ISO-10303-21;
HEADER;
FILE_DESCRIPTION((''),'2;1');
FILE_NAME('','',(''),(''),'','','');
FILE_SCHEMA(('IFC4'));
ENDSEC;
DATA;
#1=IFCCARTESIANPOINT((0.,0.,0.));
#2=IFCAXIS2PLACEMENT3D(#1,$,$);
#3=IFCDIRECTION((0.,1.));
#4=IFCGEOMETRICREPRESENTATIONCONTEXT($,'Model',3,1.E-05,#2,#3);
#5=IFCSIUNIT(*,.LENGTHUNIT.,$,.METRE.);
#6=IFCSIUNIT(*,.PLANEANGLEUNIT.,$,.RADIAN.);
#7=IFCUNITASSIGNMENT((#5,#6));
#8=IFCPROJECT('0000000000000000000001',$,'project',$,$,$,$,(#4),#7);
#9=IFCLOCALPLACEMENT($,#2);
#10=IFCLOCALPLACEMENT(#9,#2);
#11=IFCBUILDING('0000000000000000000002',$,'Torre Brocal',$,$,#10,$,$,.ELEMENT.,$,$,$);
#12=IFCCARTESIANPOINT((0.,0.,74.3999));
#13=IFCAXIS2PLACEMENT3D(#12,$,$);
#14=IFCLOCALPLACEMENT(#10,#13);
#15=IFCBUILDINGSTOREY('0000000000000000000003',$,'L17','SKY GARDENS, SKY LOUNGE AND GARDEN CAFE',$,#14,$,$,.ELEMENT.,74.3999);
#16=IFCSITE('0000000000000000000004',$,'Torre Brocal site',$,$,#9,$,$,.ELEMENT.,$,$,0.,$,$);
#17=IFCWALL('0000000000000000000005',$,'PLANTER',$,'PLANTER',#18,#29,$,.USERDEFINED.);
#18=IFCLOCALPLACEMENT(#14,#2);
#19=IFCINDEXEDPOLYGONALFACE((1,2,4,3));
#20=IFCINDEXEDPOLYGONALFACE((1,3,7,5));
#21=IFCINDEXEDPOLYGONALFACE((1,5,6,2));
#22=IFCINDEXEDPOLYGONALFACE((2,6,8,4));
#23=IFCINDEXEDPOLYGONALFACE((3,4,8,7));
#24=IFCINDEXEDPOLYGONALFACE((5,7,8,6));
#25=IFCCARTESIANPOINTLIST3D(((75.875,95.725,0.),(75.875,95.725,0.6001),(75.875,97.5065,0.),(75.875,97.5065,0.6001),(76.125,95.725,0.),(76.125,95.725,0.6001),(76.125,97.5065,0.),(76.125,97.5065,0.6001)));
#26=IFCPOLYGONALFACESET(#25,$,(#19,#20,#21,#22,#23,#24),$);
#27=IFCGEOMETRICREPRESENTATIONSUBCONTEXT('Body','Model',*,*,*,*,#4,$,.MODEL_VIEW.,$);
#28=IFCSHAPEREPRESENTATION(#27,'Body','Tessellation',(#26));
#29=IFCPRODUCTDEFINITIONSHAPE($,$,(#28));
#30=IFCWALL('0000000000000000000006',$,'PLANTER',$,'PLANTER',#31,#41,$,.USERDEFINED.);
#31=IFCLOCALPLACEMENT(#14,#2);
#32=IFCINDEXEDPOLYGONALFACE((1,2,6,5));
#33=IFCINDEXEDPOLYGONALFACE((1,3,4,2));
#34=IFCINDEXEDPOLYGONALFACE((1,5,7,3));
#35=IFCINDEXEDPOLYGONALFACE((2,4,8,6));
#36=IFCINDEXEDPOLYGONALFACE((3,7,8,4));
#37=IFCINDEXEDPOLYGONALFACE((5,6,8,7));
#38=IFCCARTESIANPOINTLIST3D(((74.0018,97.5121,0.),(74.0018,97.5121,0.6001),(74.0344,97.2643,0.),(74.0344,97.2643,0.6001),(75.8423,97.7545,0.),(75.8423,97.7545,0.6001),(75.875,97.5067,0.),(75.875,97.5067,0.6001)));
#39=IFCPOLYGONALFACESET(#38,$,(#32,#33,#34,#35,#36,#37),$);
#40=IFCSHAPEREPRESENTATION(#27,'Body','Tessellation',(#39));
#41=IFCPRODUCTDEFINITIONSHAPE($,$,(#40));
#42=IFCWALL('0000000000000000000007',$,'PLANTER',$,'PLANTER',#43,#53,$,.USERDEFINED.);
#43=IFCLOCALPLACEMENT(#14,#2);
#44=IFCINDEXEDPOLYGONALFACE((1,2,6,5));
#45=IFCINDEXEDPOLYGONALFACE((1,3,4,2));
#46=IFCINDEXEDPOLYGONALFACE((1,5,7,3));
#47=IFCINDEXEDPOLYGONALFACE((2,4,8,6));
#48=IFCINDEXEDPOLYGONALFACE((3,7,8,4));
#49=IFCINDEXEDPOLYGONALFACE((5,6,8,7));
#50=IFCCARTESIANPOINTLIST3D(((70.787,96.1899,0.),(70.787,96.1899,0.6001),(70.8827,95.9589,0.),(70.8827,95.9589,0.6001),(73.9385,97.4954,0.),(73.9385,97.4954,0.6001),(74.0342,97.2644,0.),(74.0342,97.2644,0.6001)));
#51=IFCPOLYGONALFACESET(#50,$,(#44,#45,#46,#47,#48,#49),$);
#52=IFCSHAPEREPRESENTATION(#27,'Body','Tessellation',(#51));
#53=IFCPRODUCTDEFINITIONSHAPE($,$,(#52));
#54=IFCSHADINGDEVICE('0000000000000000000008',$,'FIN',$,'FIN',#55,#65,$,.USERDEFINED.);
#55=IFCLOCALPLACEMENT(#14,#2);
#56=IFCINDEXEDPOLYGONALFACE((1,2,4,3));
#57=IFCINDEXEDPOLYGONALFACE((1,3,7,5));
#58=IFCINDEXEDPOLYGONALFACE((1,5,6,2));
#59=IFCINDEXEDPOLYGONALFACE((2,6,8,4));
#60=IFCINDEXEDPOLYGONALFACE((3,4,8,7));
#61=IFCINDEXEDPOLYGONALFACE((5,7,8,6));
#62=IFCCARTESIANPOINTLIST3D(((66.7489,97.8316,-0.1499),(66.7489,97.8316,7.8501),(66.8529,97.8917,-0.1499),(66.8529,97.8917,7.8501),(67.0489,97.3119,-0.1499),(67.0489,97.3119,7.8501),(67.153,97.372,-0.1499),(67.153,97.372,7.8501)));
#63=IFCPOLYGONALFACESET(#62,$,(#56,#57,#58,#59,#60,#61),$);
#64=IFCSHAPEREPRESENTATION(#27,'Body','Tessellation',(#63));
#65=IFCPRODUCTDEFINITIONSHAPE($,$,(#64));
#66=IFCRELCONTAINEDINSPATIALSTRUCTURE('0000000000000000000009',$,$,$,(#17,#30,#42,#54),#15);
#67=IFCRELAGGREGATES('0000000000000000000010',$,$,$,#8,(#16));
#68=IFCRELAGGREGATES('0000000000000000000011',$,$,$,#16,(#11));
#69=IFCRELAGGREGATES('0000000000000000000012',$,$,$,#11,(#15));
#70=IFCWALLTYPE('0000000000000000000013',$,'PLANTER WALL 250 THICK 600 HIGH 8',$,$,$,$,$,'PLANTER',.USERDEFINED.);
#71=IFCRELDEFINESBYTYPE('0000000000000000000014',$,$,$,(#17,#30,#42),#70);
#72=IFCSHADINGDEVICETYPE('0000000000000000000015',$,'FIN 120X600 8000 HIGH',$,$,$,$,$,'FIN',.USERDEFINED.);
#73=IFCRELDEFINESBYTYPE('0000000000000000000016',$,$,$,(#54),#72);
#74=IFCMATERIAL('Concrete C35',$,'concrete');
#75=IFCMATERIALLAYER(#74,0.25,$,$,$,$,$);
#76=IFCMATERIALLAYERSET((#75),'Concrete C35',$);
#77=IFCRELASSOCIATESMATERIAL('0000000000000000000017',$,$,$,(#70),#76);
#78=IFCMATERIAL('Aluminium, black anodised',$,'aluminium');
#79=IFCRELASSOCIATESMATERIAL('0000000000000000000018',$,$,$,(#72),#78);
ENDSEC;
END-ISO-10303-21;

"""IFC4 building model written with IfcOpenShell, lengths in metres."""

from ifc_helpers import new_model, si_unit, direction, frame, frame_2d, origin, origin_2d, place, context, subcontext, project, spatial, rectangle, extrude, material, layer, layer_set, material_profile, profile_set, type_object, element, save


model = new_model("IFC4")

# Units and contexts
model_context = context("Model", 3, precision=1e-05, world=origin(), true_north=direction((0.0, 1.0)))
body_context = subcontext(model_context, "Body", "Model", "MODEL_VIEW")
ifc_project = project(units=[si_unit("LENGTHUNIT", "METRE"), si_unit("PLANEANGLEUNIT", "RADIAN")], contexts=[model_context])

# Site, building, storey
site_placement = place(None, origin())
site = spatial("IfcSite", under=ifc_project, at=site_placement, Name="Torre Brocal site", CompositionType="ELEMENT", RefElevation=0.0)
building_placement = place(site_placement, origin())
building = spatial("IfcBuilding", under=site, at=building_placement, Name="Torre Brocal", CompositionType="ELEMENT")
storey_placement = place(building_placement, frame((0.0, 0.0, 74.3999)))
storey = spatial("IfcBuildingStorey", under=building, at=storey_placement, Name="L17", Description="SKY GARDENS, SKY LOUNGE AND GARDEN CAFE", CompositionType="ELEMENT", Elevation=74.3999)

# Walls
ifc_material_1 = material(Name="Concrete C35", Category="concrete")
ifc_layer_1 = layer(ifc_material_1, 0.25)
ifc_layer_set_1 = layer_set([ifc_layer_1], Name="Concrete C35")
wall_type_1 = type_object("IfcWallType", Name="PLANTER WALL 250 THICK 600 HIGH 8", ElementType="PLANTER", PredefinedType="USERDEFINED", material=ifc_layer_set_1)
wall_1_placement = place(storey_placement, frame((76.0, 95.7251, 0.0), z_axis=(0.0, 0.0, 1.0), x_axis=(0.0, 1.0, 0.0)))
element("IfcWall", 1, at=wall_1_placement, inside=storey, type_object=wall_type_1, Name="PLANTER", ObjectType="PLANTER", PredefinedType="USERDEFINED", context=body_context, shape_type="SweptSolid", body=[
    extrude(rectangle(XDim=1.7815, YDim=0.25, at=frame_2d((0.8906, 0.0))), origin(), (0.0, 0.0, 1.0), 0.6001),
])
wall_2_placement = place(storey_placement, frame((75.8586, 97.6306, 0.0), z_axis=(0.0, 0.0, 1.0), x_axis=(-0.991437, -0.130587, 0.0)))
element("IfcWall", 2, at=wall_2_placement, inside=storey, type_object=wall_type_1, Name="PLANTER", ObjectType="PLANTER", PredefinedType="USERDEFINED", context=body_context, shape_type="SweptSolid", body=[
    extrude(rectangle(XDim=1.8564, YDim=0.25, at=frame_2d((0.9282, 0.0))), origin(), (0.0, 0.0, 1.0), 0.6001),
])
wall_3_placement = place(storey_placement, frame((73.9863, 97.3799, 0.0), z_axis=(0.0, 0.0, 1.0), x_axis=(-0.923871, -0.382704, 0.0)))
element("IfcWall", 3, at=wall_3_placement, inside=storey, type_object=wall_type_1, Name="PLANTER", ObjectType="PLANTER", PredefinedType="USERDEFINED", context=body_context, shape_type="SweptSolid", body=[
    extrude(rectangle(XDim=3.4111, YDim=0.25, at=frame_2d((1.7056, 0.0))), origin(), (0.0, 0.0, 1.0), 0.6001),
])

# Shading device
ifc_material_2 = material(Name="Aluminium, black anodised", Category="aluminium")
ifc_material_profile_1 = material_profile(ifc_material_2, rectangle(XDim=0.1201, YDim=0.6001, at=origin_2d()), Name="FIN 120X600 8000 HIGH")
ifc_profile_set_1 = profile_set([ifc_material_profile_1], Name="Aluminium, black anodised")
shading_device_type = type_object("IfcShadingDeviceType", Name="FIN 120X600 8000 HIGH", ElementType="FIN", PredefinedType="USERDEFINED", material=ifc_profile_set_1)
shading_device_placement = place(storey_placement, frame((66.9509, 97.6018, -0.1499), z_axis=(0.0, 0.0, 1.0), x_axis=(-0.866025, -0.5, 0.0)))
element("IfcShadingDevice", 4, at=shading_device_placement, inside=storey, type_object=shading_device_type, Name="FIN", ObjectType="FIN", PredefinedType="USERDEFINED", context=body_context, shape_type="SweptSolid", body=[
    extrude(rectangle(XDim=0.1201, YDim=0.6001, at=origin_2d()), origin(), (0.0, 0.0, 1.0), 8.0),
])

save(model, "model.ifc")
